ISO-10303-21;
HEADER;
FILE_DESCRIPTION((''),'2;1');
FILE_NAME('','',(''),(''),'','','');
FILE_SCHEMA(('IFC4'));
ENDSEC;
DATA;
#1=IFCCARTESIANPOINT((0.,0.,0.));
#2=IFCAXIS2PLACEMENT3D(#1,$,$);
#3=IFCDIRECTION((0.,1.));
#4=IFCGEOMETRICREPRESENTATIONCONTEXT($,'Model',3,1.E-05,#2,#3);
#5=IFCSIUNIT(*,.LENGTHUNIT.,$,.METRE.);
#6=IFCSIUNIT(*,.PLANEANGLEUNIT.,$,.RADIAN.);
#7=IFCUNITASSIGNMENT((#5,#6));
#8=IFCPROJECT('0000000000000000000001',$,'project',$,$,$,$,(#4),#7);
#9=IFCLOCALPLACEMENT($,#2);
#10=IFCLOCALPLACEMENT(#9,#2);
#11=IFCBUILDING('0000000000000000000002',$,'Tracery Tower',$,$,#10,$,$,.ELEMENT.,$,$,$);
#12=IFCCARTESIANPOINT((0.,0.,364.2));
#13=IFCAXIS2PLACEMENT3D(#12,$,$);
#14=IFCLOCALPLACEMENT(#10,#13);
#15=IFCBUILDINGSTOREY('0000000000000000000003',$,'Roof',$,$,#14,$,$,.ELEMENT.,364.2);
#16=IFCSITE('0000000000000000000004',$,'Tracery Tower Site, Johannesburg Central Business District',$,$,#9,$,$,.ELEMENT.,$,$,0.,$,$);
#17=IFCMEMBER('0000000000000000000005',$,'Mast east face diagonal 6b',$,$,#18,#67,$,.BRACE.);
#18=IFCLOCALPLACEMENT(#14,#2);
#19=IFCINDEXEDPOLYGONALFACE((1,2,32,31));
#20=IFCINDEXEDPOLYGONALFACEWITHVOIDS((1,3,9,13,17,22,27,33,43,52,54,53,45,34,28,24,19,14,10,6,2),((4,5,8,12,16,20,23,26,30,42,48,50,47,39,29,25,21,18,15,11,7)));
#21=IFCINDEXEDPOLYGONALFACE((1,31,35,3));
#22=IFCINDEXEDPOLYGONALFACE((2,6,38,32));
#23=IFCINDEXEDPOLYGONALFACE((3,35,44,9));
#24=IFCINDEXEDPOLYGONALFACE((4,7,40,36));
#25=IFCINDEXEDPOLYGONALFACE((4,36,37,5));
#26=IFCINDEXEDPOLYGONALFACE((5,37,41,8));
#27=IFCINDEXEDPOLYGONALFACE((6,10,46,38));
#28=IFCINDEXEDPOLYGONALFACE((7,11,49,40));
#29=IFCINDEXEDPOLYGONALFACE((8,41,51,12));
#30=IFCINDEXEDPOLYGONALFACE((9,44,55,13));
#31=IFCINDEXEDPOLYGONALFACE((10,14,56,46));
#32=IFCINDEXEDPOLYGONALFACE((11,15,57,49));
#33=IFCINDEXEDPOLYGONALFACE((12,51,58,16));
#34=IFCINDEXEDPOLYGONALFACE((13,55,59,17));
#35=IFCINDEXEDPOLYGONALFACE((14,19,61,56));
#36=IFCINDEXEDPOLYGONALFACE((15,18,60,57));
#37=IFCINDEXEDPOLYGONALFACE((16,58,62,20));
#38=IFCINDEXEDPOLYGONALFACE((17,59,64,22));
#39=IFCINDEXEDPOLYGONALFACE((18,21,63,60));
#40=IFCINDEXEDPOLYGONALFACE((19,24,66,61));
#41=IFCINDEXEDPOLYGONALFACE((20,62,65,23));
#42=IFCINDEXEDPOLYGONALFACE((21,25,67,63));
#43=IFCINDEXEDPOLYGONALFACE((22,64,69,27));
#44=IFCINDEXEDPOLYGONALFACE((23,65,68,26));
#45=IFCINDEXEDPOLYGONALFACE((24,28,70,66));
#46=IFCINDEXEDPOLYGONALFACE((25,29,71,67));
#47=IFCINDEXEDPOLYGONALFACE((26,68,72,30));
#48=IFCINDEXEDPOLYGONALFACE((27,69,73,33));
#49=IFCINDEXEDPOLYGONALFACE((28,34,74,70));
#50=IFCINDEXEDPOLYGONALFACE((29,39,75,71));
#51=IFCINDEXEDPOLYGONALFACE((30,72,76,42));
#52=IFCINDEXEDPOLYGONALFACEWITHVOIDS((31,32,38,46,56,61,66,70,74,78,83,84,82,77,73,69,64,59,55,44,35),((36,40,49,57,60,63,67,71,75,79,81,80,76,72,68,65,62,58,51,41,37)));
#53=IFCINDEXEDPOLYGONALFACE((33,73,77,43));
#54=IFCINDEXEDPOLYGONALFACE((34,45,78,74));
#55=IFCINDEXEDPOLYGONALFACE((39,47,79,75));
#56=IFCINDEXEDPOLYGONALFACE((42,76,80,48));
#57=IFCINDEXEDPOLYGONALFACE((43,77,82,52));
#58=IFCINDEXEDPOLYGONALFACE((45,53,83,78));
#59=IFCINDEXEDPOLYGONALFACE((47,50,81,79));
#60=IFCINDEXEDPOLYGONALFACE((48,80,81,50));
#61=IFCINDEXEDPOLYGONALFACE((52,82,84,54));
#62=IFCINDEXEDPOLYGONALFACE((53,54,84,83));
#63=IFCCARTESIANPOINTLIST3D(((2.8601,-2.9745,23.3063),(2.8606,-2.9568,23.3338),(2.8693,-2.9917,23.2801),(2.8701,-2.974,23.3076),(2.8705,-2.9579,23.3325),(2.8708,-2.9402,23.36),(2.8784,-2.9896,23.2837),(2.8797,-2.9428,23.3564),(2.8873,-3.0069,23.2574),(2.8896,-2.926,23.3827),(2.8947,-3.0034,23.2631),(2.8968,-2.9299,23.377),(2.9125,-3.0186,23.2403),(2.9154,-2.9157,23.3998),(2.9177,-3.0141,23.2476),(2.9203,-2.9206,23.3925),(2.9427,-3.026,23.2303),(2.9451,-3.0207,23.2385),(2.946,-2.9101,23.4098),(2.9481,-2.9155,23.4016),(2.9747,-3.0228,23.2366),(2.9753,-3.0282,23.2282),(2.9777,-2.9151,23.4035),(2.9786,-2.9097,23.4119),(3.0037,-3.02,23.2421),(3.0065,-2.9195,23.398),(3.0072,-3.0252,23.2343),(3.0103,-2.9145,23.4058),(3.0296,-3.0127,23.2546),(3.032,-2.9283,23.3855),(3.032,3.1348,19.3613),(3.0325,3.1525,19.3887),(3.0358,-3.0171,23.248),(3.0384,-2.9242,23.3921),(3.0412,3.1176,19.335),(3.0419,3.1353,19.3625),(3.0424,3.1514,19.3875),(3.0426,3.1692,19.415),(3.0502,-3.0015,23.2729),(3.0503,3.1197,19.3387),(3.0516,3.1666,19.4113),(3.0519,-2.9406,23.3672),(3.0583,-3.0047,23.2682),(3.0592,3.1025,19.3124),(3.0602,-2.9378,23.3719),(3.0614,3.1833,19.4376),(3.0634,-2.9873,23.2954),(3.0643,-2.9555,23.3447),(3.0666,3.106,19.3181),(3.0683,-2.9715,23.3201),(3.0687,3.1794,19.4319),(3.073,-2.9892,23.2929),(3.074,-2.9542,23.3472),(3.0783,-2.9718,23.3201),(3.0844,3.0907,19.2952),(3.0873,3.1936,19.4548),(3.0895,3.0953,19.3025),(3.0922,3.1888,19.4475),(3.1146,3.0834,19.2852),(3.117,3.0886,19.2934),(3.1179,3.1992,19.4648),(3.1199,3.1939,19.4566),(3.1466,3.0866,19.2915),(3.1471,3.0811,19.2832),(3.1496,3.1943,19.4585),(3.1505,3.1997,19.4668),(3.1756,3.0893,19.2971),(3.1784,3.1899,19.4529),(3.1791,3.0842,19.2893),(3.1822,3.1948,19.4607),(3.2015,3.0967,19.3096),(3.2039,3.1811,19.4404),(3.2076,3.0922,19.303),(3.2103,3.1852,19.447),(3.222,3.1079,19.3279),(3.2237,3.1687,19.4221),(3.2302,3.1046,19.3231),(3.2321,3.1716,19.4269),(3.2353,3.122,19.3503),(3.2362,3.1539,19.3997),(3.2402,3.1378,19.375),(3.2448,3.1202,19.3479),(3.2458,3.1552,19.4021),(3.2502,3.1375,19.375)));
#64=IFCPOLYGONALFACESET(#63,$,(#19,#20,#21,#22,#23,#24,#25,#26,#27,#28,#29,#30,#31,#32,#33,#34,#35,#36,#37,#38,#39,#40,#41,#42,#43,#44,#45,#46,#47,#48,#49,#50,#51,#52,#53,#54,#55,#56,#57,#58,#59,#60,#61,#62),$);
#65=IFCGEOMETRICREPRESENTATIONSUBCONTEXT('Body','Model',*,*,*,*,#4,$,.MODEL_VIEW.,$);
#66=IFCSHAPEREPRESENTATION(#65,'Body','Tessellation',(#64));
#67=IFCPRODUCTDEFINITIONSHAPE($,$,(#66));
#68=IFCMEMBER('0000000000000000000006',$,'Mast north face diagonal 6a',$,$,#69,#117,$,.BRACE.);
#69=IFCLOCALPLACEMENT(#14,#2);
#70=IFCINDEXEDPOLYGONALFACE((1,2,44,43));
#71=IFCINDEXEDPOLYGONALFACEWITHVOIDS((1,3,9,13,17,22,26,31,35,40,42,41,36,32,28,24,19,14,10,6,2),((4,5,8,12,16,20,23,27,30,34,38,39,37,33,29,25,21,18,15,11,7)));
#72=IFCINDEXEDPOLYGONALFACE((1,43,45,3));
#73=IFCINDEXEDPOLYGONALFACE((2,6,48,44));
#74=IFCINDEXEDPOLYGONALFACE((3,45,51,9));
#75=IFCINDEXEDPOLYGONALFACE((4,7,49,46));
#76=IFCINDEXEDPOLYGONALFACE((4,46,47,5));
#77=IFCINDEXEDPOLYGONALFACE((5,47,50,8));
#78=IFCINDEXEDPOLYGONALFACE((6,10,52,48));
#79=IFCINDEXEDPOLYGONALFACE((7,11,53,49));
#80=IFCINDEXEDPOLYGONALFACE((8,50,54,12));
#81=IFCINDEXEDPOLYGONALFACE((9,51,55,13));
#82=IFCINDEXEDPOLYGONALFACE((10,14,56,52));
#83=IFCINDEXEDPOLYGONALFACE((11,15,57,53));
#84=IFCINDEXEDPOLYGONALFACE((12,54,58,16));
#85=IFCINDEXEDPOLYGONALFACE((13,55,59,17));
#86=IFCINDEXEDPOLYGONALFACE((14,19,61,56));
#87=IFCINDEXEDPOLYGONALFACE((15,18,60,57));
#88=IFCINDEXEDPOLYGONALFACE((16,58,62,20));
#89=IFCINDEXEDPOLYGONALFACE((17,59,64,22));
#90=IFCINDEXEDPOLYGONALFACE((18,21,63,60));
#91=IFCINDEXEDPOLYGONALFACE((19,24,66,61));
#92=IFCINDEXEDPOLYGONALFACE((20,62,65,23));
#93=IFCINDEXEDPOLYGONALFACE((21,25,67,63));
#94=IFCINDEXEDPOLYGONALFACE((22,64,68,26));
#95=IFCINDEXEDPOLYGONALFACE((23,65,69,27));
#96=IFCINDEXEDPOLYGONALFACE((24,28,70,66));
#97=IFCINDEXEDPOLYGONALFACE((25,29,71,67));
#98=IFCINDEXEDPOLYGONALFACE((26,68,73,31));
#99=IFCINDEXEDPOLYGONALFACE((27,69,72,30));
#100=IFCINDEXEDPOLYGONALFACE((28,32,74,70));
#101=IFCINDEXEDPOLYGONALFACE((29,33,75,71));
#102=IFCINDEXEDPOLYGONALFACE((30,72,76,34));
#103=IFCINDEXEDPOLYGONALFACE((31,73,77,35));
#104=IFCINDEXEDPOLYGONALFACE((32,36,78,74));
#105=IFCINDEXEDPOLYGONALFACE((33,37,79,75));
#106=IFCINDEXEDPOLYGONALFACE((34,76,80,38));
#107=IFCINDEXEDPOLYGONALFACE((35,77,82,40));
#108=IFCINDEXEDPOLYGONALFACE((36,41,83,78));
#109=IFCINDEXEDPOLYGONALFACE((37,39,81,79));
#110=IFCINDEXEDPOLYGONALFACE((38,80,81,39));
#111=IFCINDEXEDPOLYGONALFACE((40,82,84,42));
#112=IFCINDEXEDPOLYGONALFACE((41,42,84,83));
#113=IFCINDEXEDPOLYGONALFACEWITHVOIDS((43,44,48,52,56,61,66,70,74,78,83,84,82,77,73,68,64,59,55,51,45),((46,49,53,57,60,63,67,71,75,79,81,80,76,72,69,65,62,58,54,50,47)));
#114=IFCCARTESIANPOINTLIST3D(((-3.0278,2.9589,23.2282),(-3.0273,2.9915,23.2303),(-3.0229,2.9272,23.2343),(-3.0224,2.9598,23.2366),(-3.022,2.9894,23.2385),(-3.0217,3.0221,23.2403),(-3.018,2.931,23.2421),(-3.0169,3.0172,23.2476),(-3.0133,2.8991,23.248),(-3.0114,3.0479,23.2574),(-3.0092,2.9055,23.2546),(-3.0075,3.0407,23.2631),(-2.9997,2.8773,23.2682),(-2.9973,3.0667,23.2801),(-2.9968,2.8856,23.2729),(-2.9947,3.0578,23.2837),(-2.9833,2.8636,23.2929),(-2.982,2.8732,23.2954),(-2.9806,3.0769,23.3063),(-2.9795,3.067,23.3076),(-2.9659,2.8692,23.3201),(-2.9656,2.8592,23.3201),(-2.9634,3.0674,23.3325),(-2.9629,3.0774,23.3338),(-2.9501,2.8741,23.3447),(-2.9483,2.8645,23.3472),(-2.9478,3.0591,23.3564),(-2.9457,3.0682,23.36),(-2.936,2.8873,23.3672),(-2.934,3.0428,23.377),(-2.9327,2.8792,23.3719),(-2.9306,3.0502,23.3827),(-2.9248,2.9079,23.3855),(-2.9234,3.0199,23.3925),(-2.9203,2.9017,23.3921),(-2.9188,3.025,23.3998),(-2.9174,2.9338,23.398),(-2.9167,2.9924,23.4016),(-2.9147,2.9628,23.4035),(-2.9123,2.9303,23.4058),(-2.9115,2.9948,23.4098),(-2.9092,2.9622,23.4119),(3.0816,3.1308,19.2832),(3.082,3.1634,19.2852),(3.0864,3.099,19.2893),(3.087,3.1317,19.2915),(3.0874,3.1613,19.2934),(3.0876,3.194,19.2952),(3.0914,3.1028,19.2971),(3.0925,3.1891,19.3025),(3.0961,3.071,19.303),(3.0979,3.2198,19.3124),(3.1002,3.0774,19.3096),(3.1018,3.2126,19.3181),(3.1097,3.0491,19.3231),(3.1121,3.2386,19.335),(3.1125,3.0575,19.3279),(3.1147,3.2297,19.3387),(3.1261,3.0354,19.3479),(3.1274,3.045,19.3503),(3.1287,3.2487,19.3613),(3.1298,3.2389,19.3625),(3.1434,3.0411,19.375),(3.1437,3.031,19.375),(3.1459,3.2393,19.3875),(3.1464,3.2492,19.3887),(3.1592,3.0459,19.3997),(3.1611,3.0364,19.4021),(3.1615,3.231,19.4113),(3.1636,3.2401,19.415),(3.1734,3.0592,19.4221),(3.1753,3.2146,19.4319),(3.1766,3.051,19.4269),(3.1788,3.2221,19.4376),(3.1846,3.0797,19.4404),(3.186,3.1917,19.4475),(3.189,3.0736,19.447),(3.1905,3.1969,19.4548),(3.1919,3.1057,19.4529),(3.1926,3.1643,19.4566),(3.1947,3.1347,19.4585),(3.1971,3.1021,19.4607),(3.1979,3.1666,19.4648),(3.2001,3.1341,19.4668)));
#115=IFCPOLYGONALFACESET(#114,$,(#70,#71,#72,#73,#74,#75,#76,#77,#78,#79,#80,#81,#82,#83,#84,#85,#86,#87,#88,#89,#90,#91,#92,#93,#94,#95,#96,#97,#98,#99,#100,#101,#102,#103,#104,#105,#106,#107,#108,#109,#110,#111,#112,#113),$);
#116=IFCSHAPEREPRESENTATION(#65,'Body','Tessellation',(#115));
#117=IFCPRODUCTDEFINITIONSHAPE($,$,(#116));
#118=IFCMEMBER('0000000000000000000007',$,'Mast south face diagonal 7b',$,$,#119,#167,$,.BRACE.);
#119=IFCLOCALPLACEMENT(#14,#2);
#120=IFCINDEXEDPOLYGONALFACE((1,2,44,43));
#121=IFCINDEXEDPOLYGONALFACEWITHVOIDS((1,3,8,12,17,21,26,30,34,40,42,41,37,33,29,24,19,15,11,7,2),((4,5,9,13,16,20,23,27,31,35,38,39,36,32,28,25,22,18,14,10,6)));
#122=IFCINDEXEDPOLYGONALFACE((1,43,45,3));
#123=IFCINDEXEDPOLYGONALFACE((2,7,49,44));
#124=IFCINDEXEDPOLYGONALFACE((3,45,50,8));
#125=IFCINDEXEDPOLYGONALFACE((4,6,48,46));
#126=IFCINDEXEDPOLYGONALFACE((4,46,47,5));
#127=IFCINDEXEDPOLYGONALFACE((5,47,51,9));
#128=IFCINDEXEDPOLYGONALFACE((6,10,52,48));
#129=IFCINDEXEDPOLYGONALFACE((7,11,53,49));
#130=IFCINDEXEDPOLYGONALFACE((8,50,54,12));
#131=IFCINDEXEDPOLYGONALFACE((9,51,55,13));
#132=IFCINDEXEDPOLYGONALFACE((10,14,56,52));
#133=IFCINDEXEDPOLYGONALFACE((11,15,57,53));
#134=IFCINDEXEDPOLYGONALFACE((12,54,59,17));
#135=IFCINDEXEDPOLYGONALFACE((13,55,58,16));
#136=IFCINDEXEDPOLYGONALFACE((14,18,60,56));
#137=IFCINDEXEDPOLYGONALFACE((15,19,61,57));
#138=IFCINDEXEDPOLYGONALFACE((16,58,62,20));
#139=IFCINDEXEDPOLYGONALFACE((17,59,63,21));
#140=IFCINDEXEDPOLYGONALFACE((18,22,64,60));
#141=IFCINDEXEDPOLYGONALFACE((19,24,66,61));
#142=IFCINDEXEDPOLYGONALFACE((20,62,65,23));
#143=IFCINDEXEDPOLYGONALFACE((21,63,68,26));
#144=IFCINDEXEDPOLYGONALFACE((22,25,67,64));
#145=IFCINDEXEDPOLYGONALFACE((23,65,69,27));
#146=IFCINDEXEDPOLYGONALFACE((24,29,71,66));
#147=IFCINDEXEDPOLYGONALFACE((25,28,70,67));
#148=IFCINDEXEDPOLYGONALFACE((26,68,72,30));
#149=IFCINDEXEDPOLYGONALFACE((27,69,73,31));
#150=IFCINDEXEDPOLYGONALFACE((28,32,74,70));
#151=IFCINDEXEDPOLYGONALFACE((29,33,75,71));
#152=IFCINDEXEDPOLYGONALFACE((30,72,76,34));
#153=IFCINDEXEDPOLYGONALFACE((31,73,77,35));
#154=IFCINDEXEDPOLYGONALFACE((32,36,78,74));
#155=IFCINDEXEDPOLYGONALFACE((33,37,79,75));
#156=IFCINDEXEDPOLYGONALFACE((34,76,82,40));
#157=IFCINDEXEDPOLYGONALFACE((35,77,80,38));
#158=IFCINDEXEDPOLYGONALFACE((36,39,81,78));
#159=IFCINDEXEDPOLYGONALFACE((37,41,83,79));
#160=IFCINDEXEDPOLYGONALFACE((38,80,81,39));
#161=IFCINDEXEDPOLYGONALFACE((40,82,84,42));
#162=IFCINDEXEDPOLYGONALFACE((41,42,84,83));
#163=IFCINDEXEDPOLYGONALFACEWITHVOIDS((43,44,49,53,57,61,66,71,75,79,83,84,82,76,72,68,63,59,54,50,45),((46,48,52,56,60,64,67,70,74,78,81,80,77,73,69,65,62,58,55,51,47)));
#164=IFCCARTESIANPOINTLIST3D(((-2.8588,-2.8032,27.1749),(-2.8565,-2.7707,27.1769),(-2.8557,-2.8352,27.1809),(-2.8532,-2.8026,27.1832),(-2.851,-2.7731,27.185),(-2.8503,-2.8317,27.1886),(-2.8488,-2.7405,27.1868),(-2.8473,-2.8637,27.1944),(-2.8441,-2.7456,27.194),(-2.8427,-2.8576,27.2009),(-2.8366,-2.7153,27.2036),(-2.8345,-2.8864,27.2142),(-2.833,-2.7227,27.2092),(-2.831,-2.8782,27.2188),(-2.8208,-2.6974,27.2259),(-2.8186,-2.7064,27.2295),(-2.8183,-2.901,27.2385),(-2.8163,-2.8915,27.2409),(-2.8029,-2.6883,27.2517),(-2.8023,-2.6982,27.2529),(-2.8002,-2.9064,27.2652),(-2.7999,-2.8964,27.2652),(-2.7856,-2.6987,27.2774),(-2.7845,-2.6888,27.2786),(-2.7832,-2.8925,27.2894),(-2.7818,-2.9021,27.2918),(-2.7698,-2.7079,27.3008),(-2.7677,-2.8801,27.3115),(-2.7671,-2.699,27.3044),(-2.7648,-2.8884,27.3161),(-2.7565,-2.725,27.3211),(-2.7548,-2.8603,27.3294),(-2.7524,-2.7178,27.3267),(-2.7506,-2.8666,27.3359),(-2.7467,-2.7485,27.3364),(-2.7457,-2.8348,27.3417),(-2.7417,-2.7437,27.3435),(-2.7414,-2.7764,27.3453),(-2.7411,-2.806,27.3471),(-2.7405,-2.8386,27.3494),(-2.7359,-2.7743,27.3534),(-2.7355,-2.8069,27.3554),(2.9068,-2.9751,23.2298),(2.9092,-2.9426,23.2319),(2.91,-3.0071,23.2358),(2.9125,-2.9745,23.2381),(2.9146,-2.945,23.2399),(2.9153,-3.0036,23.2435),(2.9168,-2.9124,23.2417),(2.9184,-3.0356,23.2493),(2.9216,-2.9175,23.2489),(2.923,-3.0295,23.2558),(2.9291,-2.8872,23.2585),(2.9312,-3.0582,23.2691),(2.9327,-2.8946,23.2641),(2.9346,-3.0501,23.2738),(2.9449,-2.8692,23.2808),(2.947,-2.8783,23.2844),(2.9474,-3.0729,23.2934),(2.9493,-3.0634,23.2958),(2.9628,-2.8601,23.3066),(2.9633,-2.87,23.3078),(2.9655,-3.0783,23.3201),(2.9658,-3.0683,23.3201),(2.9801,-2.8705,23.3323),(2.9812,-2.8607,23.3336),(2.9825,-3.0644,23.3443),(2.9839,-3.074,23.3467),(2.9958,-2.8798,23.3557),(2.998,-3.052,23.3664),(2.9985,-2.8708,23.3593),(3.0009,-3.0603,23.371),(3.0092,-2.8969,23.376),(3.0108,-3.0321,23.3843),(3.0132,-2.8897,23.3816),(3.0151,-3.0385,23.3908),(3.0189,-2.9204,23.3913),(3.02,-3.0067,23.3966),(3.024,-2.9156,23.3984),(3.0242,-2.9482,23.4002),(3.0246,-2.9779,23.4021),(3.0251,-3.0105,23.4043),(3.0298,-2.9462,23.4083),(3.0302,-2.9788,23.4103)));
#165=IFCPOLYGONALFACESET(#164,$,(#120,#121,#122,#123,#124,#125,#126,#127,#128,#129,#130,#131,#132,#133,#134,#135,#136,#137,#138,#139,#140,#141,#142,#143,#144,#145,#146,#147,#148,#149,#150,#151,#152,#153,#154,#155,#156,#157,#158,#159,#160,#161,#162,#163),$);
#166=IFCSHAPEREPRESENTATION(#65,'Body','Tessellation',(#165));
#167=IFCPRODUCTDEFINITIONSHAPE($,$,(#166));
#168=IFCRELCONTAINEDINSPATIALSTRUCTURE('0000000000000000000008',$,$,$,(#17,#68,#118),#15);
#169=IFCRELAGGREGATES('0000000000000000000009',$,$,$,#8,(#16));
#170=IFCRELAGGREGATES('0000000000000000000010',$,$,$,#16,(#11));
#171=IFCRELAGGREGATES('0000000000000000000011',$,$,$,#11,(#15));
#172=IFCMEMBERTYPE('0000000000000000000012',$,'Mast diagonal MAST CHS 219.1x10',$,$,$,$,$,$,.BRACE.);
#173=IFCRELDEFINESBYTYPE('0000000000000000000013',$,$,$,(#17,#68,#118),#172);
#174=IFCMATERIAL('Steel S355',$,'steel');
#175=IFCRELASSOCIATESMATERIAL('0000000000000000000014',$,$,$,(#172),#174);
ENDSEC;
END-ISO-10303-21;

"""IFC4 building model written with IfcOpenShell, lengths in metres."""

from ifc_helpers import new_model, si_unit, direction, frame, origin, origin_2d, place, context, subcontext, project, spatial, hollow_circle, extrude, material, material_profile, profile_set, type_object, element, save


model = new_model("IFC4")

# Units and contexts
model_context = context("Model", 3, precision=1e-05, world=origin(), true_north=direction((0.0, 1.0)))
body_context = subcontext(model_context, "Body", "Model", "MODEL_VIEW")
ifc_project = project(units=[si_unit("LENGTHUNIT", "METRE"), si_unit("PLANEANGLEUNIT", "RADIAN")], contexts=[model_context])

# Site, building, storey
site_placement = place(None, origin())
site = spatial("IfcSite", under=ifc_project, at=site_placement, Name="Tracery Tower Site, Johannesburg Central Business District", CompositionType="ELEMENT", RefElevation=0.0)
building_placement = place(site_placement, origin())
building = spatial("IfcBuilding", under=site, at=building_placement, Name="Tracery Tower", CompositionType="ELEMENT")
storey_placement = place(building_placement, frame((0.0, 0.0, 364.2)))
storey = spatial("IfcBuildingStorey", under=building, at=storey_placement, Name="Roof", CompositionType="ELEMENT", Elevation=364.2)

# Members
ifc_material_1 = material(Name="Steel S355", Category="steel")
ifc_material_profile_1 = material_profile(ifc_material_1, hollow_circle(Radius=0.1096, WallThickness=0.01, at=origin_2d()), Name="CHS 219.1x10")
ifc_profile_set_1 = profile_set([ifc_material_profile_1], Name="Steel S355")
member_type_1 = type_object("IfcMemberType", Name="Mast diagonal MAST CHS 219.1x10", PredefinedType="BRACE", material=ifc_profile_set_1)
for number, where, z_axis, x_axis, name in (
    (1, (3.1406, 3.1406, 19.375), (-0.023627, -0.839841, 0.542319), (0.999605, -0.028122, 0.0), "Mast east face diagonal 6b"),
    (2, (3.1406, 3.1406, 19.375), (-0.839841, -0.023627, 0.542319), (0.028122, -0.999605, 0.0), "Mast north face diagonal 6a"),
):
    element("IfcMember", number, at=place(storey_placement, frame(where, z_axis=z_axis, x_axis=x_axis)), inside=storey, type_object=member_type_1, Name=name, PredefinedType="BRACE", context=body_context, shape_type="SweptSolid", body=[
        extrude(hollow_circle(Radius=0.1096, WallThickness=0.01, at=origin_2d()), origin(), (0.0, 0.0, 1.0), 7.2744),
    ])
for number, where, z_axis, x_axis, name in (
    (3, (2.9688, -2.9688, 23.3201), (-0.825046, 0.024595, 0.564529), (-0.029797, -0.999556, 0.0), "Mast south face diagonal 7b"),
):
    element("IfcMember", number, at=place(storey_placement, frame(where, z_axis=z_axis, x_axis=x_axis)), inside=storey, type_object=member_type_1, Name=name, PredefinedType="BRACE", context=body_context, shape_type="SweptSolid", body=[
        extrude(hollow_circle(Radius=0.1096, WallThickness=0.01, at=origin_2d()), origin(), (0.0, 0.0, 1.0), 6.9883),
    ])

save(model, "model.ifc")
